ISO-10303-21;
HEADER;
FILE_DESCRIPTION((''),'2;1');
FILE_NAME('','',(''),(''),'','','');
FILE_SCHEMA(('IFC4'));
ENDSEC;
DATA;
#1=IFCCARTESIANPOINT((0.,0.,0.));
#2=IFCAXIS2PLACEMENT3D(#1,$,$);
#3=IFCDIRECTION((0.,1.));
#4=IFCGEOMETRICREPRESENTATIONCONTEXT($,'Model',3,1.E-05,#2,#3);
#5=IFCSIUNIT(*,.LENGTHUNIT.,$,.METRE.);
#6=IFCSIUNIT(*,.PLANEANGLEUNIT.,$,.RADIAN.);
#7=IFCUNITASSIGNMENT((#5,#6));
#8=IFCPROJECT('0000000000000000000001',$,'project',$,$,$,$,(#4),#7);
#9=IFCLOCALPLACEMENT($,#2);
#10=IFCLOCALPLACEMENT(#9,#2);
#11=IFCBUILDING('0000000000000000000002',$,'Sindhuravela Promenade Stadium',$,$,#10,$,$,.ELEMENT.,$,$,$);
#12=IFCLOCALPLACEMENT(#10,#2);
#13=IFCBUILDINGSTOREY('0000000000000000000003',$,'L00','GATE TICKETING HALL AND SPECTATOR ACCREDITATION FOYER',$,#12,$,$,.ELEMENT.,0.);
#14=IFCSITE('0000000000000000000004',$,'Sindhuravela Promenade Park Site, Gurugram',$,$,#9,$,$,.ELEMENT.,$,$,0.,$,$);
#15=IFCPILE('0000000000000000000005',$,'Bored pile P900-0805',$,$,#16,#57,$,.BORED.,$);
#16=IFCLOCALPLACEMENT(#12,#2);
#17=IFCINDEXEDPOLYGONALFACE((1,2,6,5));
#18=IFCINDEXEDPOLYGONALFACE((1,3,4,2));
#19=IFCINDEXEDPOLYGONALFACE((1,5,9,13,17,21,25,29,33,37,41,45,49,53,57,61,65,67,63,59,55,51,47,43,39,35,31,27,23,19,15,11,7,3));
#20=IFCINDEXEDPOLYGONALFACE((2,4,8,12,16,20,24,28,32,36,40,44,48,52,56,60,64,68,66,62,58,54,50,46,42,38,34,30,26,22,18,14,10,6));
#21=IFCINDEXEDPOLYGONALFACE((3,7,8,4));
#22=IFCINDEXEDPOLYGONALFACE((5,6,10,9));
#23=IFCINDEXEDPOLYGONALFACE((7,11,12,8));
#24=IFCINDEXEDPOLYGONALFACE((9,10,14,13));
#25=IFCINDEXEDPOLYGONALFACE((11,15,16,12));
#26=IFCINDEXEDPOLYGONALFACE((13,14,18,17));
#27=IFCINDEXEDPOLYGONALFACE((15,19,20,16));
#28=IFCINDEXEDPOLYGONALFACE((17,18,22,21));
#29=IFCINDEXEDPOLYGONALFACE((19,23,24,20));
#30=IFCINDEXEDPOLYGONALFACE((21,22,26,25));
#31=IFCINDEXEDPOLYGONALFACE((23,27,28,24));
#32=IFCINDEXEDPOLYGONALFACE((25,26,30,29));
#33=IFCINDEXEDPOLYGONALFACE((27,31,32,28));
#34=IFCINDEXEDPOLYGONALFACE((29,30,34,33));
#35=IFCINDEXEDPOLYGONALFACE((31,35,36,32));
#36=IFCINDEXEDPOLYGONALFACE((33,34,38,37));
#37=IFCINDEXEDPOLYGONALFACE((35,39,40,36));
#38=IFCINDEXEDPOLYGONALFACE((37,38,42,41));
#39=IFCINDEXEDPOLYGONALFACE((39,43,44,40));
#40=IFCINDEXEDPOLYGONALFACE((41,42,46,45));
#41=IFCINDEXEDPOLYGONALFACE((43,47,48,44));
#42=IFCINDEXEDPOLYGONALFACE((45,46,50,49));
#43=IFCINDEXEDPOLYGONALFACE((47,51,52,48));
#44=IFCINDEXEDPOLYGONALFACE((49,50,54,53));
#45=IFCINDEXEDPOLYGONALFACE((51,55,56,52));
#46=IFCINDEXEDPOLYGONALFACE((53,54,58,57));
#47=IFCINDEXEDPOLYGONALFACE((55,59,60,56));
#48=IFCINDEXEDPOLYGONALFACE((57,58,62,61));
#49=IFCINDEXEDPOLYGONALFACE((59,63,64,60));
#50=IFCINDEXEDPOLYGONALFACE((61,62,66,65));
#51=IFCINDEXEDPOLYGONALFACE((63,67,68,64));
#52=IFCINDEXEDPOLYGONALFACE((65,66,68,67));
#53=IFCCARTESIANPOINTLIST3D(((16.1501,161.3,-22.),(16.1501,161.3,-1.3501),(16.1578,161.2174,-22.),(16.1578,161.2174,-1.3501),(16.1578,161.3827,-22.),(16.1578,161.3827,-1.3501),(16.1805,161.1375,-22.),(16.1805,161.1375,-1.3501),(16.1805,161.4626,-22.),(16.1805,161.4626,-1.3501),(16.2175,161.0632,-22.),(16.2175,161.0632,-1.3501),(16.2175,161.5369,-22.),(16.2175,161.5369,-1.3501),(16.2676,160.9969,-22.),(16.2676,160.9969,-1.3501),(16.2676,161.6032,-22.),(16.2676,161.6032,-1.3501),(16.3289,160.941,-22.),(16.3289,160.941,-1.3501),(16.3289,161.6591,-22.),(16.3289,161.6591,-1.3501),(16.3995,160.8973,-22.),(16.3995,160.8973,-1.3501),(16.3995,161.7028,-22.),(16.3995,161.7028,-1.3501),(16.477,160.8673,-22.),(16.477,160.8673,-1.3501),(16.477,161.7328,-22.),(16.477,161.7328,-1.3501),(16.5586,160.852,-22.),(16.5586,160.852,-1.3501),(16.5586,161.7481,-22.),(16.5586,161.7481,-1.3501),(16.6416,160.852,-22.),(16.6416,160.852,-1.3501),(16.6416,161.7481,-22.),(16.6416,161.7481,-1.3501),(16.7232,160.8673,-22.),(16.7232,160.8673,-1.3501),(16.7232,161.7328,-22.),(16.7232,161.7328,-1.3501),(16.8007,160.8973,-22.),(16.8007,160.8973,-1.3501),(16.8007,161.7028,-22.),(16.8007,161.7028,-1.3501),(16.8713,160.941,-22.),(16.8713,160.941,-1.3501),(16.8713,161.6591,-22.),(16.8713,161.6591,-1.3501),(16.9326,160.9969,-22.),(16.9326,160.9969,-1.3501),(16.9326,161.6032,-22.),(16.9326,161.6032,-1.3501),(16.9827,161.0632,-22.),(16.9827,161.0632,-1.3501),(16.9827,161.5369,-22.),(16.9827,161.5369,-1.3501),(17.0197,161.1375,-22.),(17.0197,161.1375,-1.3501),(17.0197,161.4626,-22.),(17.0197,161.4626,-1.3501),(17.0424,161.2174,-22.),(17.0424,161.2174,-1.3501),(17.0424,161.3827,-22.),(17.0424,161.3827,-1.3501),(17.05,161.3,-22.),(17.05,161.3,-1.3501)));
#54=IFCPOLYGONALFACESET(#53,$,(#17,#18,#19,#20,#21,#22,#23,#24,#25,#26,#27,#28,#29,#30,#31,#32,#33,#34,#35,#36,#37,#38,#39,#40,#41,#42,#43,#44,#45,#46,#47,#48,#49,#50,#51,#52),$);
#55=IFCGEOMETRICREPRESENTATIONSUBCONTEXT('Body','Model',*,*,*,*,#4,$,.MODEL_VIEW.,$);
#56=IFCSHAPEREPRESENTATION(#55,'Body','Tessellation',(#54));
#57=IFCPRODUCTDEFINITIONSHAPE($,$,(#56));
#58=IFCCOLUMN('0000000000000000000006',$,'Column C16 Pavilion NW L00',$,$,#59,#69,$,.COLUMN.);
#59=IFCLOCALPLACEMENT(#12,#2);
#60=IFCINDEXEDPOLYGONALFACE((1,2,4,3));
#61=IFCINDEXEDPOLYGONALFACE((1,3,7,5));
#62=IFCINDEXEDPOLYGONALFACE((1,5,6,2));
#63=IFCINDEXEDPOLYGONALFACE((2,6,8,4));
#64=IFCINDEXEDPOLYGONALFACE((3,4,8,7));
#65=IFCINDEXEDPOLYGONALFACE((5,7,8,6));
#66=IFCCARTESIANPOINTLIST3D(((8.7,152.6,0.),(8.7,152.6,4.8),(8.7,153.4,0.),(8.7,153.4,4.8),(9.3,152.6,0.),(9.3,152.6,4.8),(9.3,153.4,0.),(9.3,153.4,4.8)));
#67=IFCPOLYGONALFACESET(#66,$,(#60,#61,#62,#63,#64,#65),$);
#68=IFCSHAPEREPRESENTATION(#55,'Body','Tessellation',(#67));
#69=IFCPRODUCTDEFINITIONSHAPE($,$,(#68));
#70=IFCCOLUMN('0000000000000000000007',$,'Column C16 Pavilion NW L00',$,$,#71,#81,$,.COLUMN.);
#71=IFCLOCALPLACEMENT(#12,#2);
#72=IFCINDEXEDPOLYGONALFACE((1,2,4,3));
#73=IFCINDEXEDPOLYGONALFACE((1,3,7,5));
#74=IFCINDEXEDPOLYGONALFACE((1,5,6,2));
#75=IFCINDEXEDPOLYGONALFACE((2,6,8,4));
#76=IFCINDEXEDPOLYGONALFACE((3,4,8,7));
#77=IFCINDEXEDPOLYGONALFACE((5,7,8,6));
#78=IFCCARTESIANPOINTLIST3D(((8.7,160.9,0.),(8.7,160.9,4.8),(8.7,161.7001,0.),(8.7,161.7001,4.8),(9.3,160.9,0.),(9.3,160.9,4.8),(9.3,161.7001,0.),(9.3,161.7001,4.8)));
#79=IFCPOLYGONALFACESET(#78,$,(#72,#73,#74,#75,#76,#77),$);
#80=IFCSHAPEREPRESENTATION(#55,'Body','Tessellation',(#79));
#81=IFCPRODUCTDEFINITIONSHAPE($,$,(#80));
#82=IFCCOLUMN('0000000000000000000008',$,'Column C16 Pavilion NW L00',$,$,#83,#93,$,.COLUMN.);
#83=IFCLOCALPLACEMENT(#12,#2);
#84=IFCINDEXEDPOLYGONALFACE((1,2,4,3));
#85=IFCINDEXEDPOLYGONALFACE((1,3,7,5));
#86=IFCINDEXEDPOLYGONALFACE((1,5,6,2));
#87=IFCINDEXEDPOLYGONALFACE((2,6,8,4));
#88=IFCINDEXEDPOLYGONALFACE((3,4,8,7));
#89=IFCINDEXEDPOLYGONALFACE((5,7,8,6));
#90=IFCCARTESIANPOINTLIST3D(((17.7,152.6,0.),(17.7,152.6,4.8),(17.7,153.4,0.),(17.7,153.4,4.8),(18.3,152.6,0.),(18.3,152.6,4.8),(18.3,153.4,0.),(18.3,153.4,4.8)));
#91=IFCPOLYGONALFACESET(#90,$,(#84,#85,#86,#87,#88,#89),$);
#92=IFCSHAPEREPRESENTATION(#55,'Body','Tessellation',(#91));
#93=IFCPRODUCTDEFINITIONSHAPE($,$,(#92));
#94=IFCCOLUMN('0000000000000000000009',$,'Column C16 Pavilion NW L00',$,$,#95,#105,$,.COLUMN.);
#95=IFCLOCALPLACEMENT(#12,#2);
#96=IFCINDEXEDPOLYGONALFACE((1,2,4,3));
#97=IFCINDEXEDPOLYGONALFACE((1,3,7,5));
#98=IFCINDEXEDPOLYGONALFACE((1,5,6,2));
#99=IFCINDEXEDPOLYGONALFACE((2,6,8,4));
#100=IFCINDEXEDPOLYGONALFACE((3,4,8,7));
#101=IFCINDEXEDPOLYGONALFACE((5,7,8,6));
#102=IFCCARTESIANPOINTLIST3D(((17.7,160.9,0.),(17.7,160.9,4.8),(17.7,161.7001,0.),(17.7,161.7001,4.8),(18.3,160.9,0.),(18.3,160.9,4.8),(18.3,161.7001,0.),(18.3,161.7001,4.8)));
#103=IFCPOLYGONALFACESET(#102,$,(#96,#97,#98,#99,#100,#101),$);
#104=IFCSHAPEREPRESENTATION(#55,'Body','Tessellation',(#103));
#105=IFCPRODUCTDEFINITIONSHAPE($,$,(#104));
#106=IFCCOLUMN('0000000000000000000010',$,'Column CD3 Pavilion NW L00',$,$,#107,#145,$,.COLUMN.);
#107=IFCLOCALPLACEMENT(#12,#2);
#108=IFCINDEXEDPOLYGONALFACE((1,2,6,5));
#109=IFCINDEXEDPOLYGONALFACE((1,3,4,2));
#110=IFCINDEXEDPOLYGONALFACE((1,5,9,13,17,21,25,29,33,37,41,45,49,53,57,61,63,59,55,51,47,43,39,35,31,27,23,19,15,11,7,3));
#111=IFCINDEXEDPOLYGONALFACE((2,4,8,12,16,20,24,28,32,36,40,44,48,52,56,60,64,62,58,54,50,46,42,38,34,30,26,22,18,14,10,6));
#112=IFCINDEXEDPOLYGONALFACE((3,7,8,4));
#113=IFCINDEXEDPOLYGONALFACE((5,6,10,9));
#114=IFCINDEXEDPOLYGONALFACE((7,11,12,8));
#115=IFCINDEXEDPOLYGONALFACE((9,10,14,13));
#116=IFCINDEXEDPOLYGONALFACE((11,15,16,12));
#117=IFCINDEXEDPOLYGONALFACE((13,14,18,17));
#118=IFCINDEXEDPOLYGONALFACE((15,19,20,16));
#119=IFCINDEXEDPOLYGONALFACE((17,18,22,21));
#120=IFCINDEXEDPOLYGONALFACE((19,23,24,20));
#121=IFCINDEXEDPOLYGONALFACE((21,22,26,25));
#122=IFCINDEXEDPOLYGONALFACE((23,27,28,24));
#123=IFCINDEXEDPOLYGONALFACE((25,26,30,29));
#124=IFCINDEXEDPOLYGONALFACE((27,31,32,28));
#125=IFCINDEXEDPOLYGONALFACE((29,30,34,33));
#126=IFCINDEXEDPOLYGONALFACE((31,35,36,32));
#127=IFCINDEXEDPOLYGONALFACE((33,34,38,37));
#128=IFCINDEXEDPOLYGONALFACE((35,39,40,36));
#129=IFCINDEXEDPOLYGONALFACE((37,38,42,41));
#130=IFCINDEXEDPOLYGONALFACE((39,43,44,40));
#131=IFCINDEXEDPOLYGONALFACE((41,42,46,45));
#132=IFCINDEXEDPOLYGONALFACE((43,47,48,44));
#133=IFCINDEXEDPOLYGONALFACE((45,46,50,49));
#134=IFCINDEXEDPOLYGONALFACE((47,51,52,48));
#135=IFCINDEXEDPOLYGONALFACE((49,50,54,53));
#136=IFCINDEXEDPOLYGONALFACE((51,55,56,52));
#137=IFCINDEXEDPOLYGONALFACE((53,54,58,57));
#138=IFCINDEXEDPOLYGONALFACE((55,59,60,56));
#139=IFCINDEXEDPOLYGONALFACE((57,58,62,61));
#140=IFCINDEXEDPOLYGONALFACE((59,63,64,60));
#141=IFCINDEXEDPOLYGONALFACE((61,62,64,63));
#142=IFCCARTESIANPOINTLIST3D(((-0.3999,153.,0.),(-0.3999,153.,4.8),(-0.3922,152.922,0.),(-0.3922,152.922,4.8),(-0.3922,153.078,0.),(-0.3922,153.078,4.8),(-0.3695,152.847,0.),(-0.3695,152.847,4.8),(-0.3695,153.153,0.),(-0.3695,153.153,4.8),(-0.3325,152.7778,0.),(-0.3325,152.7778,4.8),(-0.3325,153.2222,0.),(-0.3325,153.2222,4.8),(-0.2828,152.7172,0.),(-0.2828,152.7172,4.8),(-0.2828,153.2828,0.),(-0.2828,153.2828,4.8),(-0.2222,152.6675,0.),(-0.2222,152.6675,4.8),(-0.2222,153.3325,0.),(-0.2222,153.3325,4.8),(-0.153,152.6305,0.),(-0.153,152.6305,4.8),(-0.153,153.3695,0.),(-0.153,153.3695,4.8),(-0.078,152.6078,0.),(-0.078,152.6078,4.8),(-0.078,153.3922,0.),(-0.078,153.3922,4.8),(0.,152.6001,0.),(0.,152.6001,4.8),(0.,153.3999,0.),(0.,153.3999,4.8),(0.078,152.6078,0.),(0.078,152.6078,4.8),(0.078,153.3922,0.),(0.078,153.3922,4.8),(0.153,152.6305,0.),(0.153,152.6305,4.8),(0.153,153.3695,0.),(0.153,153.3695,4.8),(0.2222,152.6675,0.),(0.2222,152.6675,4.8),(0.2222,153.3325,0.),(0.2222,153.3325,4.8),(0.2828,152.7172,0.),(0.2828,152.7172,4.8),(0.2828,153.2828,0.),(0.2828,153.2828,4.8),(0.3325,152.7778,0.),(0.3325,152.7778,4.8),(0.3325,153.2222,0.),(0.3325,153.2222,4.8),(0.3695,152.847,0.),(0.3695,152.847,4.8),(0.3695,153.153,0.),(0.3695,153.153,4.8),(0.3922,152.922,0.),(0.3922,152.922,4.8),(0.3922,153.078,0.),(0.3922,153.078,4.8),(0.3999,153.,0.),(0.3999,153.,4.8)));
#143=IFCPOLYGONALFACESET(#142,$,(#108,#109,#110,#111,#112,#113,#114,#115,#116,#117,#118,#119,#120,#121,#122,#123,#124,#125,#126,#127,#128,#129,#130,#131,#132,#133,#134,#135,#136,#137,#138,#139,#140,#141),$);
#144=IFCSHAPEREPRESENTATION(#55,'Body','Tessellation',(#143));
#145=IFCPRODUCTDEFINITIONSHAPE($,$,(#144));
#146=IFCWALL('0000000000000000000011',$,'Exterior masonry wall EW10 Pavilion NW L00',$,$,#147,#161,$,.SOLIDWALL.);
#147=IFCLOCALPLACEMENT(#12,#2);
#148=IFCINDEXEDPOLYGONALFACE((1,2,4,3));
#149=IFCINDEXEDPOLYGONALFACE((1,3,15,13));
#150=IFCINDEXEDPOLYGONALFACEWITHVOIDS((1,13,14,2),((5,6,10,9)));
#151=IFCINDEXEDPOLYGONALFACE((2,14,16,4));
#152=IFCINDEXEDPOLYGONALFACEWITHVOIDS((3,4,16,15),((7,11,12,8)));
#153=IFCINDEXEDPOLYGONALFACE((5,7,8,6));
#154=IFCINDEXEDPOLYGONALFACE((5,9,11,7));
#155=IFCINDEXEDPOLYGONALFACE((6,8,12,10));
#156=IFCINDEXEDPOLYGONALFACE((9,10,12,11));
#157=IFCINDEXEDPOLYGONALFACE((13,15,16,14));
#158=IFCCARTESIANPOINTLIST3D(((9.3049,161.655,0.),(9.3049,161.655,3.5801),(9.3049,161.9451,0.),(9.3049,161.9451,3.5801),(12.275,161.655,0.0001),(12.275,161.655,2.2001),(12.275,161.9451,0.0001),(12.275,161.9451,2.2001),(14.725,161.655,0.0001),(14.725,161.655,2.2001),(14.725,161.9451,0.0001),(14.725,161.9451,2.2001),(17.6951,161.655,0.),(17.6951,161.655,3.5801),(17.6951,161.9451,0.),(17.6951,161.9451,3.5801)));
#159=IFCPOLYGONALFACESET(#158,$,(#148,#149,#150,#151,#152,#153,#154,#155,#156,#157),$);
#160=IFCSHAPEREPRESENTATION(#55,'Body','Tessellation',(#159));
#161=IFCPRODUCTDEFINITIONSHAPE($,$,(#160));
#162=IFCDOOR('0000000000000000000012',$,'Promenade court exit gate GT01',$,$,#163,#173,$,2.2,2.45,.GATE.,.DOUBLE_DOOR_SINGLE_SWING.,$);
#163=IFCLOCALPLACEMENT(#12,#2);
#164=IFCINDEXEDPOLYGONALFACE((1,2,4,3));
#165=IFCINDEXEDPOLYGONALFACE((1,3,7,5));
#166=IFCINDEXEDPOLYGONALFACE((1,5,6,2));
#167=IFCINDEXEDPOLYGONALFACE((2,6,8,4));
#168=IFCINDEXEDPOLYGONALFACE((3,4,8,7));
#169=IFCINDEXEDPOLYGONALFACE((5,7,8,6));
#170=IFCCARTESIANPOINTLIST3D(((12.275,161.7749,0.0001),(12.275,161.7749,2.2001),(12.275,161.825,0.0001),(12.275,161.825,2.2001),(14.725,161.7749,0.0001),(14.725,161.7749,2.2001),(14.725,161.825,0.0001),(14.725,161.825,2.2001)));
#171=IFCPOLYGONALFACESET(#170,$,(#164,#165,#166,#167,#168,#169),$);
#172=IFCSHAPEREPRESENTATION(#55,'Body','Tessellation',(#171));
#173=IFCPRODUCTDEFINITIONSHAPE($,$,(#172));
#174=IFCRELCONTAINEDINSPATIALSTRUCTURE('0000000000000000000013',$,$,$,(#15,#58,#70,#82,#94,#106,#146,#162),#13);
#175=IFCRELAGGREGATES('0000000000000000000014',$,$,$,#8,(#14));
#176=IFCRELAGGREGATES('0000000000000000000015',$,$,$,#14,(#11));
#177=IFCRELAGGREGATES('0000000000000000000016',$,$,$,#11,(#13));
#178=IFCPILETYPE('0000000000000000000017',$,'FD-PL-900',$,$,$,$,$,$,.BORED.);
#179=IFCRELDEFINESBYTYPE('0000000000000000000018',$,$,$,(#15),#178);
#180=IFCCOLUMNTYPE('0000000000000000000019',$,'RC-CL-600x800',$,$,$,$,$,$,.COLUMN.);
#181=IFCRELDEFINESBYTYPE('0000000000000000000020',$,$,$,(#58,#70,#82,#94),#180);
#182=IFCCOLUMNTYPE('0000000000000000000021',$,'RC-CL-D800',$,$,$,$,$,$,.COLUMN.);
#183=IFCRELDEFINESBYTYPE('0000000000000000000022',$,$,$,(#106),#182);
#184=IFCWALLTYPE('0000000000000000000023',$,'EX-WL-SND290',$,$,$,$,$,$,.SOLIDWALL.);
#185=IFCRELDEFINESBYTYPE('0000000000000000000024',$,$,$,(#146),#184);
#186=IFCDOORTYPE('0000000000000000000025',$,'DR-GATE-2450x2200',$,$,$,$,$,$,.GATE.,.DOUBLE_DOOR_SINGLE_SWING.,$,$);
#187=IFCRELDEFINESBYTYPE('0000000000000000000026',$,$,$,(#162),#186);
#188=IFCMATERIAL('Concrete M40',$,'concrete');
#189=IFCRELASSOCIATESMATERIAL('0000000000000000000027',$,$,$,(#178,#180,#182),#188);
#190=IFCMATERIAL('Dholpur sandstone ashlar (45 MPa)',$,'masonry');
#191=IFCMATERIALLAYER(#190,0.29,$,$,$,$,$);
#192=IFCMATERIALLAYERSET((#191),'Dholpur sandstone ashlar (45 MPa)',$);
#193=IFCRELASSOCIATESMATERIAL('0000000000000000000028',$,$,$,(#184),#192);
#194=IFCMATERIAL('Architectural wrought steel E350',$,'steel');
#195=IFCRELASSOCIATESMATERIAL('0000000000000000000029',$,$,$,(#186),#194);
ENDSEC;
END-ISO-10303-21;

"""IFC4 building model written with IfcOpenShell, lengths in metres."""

from ifc_helpers import new_model, si_unit, direction, frame, frame_2d, origin, origin_2d, place, context, subcontext, project, spatial, rectangle, circle, extrude, material, layer, layer_set, material_profile, profile_set, type_object, element, fill, save


model = new_model("IFC4")

# Units and contexts
model_context = context("Model", 3, precision=1e-05, world=origin(), true_north=direction((0.0, 1.0)))
body_context = subcontext(model_context, "Body", "Model", "MODEL_VIEW")
ifc_project = project(units=[si_unit("LENGTHUNIT", "METRE"), si_unit("PLANEANGLEUNIT", "RADIAN")], contexts=[model_context])

# Site, building, storey
site_placement = place(None, origin())
site = spatial("IfcSite", under=ifc_project, at=site_placement, Name="Sindhuravela Promenade Park Site, Gurugram", CompositionType="ELEMENT", RefElevation=0.0)
building_placement = place(site_placement, origin())
building = spatial("IfcBuilding", under=site, at=building_placement, Name="Sindhuravela Promenade Stadium", CompositionType="ELEMENT")
storey_placement = place(building_placement, origin())
storey = spatial("IfcBuildingStorey", under=building, at=storey_placement, Name="L00", Description="GATE TICKETING HALL AND SPECTATOR ACCREDITATION FOYER", CompositionType="ELEMENT", Elevation=0.0)

# Pile
ifc_material_1 = material(Name="Concrete M40", Category="concrete")
ifc_material_profile_1 = material_profile(ifc_material_1, circle(Radius=0.45, at=origin_2d()), Name="BORED PILE D900")
ifc_profile_set_1 = profile_set([ifc_material_profile_1], Name="Concrete M40")
pile_type_1 = type_object("IfcPileType", Name="FD-PL-900", PredefinedType="BORED", material=ifc_profile_set_1)
for number, where, z_axis, x_axis, name in (
    (1, (16.6001, 161.3, -1.3501), (0.0, 0.0, -1.0), (1.0, 0.0, 0.0), "Bored pile P900-0805"),
):
    element("IfcPile", number, at=place(storey_placement, frame(where, z_axis=z_axis, x_axis=x_axis)), inside=storey, type_object=pile_type_1, Name=name, PredefinedType="BORED", context=body_context, shape_type="SweptSolid", body=[
        extrude(circle(Radius=0.45, at=origin_2d()), origin(), (0.0, 0.0, 1.0), 20.6499),
    ])

# Columns
ifc_material_profile_2 = material_profile(ifc_material_1, rectangle(XDim=0.6001, YDim=0.8, at=origin_2d()), Name="RC 600x800")
ifc_profile_set_2 = profile_set([ifc_material_profile_2], Name="Concrete M40")
column_type_1 = type_object("IfcColumnType", Name="RC-CL-600x800", PredefinedType="COLUMN", material=ifc_profile_set_2)
for number, where, z_axis, x_axis, name in (
    (2, (9.0, 153.0, 0.0), (0.0, 0.0, 1.0), (1.0, 0.0, 0.0), "Column C16 Pavilion NW L00"),
    (3, (9.0, 161.3, 0.0), (0.0, 0.0, 1.0), (1.0, 0.0, 0.0), "Column C16 Pavilion NW L00"),
    (4, (18.0, 153.0, 0.0), (0.0, 0.0, 1.0), (1.0, 0.0, 0.0), "Column C16 Pavilion NW L00"),
    (5, (18.0, 161.3, 0.0), (0.0, 0.0, 1.0), (1.0, 0.0, 0.0), "Column C16 Pavilion NW L00"),
):
    element("IfcColumn", number, at=place(storey_placement, frame(where, z_axis=z_axis, x_axis=x_axis)), inside=storey, type_object=column_type_1, Name=name, PredefinedType="COLUMN", context=body_context, shape_type="SweptSolid", body=[
        extrude(rectangle(XDim=0.6001, YDim=0.8, at=origin_2d()), origin(), (0.0, 0.0, 1.0), 4.8),
    ])
ifc_material_profile_3 = material_profile(ifc_material_1, circle(Radius=0.3999, at=origin_2d()), Name="RC D800")
ifc_profile_set_3 = profile_set([ifc_material_profile_3], Name="Concrete M40")
column_type_2 = type_object("IfcColumnType", Name="RC-CL-D800", PredefinedType="COLUMN", material=ifc_profile_set_3)
column_placement = place(storey_placement, frame((0.0, 153.0, 0.0), z_axis=(0.0, 0.0, 1.0), x_axis=(1.0, 0.0, 0.0)))
element("IfcColumn", 6, at=column_placement, inside=storey, type_object=column_type_2, Name="Column CD3 Pavilion NW L00", PredefinedType="COLUMN", context=body_context, shape_type="SweptSolid", body=[
    extrude(circle(Radius=0.3999, at=origin_2d()), origin(), (0.0, 0.0, 1.0), 4.8),
])

# Wall, opening, door
ifc_material_2 = material(Name="Dholpur sandstone ashlar (45 MPa)", Category="masonry")
ifc_layer_1 = layer(ifc_material_2, 0.29)
ifc_layer_set_1 = layer_set([ifc_layer_1], Name="Dholpur sandstone ashlar (45 MPa)")
wall_type_1 = type_object("IfcWallType", Name="EX-WL-SND290", PredefinedType="SOLIDWALL", material=ifc_layer_set_1)
wall_1_placement = place(storey_placement, frame((9.3049, 161.8, 0.0), z_axis=(0.0, 0.0, 1.0), x_axis=(1.0, 0.0, 0.0)))
wall_1 = element("IfcWall", 7, at=wall_1_placement, inside=storey, type_object=wall_type_1, Name="Exterior masonry wall EW10 Pavilion NW L00", PredefinedType="SOLIDWALL", context=body_context, shape_type="SweptSolid", body=[
    extrude(rectangle(XDim=8.3901, YDim=0.29, at=frame_2d((4.1951, 0.0))), origin(), (0.0, 0.0, 1.0), 3.5801),
])
opening_1_placement = place(wall_1_placement, frame((2.97, 0.0, 0.0)))
opening_1 = element("IfcOpeningElement", 8, at=opening_1_placement, cuts=wall_1, PredefinedType="OPENING", context=body_context, shape_type="SweptSolid", body=[
    extrude(rectangle(XDim=2.45, YDim=2.2, at=frame_2d((1.2251, 1.1001))), frame((0.0, 0.155, 0.0), z_axis=(0.0, -1.0, 0.0), x_axis=(1.0, 0.0, 0.0)), (0.0, 0.0, 1.0), 0.3101),
])
ifc_material_3 = material(Name="Architectural wrought steel E350", Category="steel")
door_type_1 = type_object("IfcDoorType", Name="DR-GATE-2450x2200", OperationType="DOUBLE_DOOR_SINGLE_SWING", PredefinedType="GATE", material=ifc_material_3)
door_1_placement = place(opening_1_placement, origin())
door_1 = element("IfcDoor", 9, at=door_1_placement, inside=storey, type_object=door_type_1, Name="Promenade court exit gate GT01", OperationType="DOUBLE_DOOR_SINGLE_SWING", OverallHeight=2.2, OverallWidth=2.45, PredefinedType="GATE", context=body_context, shape_type="SweptSolid", body=[
    extrude(rectangle(XDim=2.45, YDim=2.2, at=frame_2d((1.2251, 1.1001))), frame((0.0, 0.0249, 0.0), z_axis=(0.0, -1.0, 0.0), x_axis=(1.0, 0.0, 0.0)), (0.0, 0.0, 1.0), 0.05),
])
fill(opening_1, door_1)

save(model, "model.ifc")
